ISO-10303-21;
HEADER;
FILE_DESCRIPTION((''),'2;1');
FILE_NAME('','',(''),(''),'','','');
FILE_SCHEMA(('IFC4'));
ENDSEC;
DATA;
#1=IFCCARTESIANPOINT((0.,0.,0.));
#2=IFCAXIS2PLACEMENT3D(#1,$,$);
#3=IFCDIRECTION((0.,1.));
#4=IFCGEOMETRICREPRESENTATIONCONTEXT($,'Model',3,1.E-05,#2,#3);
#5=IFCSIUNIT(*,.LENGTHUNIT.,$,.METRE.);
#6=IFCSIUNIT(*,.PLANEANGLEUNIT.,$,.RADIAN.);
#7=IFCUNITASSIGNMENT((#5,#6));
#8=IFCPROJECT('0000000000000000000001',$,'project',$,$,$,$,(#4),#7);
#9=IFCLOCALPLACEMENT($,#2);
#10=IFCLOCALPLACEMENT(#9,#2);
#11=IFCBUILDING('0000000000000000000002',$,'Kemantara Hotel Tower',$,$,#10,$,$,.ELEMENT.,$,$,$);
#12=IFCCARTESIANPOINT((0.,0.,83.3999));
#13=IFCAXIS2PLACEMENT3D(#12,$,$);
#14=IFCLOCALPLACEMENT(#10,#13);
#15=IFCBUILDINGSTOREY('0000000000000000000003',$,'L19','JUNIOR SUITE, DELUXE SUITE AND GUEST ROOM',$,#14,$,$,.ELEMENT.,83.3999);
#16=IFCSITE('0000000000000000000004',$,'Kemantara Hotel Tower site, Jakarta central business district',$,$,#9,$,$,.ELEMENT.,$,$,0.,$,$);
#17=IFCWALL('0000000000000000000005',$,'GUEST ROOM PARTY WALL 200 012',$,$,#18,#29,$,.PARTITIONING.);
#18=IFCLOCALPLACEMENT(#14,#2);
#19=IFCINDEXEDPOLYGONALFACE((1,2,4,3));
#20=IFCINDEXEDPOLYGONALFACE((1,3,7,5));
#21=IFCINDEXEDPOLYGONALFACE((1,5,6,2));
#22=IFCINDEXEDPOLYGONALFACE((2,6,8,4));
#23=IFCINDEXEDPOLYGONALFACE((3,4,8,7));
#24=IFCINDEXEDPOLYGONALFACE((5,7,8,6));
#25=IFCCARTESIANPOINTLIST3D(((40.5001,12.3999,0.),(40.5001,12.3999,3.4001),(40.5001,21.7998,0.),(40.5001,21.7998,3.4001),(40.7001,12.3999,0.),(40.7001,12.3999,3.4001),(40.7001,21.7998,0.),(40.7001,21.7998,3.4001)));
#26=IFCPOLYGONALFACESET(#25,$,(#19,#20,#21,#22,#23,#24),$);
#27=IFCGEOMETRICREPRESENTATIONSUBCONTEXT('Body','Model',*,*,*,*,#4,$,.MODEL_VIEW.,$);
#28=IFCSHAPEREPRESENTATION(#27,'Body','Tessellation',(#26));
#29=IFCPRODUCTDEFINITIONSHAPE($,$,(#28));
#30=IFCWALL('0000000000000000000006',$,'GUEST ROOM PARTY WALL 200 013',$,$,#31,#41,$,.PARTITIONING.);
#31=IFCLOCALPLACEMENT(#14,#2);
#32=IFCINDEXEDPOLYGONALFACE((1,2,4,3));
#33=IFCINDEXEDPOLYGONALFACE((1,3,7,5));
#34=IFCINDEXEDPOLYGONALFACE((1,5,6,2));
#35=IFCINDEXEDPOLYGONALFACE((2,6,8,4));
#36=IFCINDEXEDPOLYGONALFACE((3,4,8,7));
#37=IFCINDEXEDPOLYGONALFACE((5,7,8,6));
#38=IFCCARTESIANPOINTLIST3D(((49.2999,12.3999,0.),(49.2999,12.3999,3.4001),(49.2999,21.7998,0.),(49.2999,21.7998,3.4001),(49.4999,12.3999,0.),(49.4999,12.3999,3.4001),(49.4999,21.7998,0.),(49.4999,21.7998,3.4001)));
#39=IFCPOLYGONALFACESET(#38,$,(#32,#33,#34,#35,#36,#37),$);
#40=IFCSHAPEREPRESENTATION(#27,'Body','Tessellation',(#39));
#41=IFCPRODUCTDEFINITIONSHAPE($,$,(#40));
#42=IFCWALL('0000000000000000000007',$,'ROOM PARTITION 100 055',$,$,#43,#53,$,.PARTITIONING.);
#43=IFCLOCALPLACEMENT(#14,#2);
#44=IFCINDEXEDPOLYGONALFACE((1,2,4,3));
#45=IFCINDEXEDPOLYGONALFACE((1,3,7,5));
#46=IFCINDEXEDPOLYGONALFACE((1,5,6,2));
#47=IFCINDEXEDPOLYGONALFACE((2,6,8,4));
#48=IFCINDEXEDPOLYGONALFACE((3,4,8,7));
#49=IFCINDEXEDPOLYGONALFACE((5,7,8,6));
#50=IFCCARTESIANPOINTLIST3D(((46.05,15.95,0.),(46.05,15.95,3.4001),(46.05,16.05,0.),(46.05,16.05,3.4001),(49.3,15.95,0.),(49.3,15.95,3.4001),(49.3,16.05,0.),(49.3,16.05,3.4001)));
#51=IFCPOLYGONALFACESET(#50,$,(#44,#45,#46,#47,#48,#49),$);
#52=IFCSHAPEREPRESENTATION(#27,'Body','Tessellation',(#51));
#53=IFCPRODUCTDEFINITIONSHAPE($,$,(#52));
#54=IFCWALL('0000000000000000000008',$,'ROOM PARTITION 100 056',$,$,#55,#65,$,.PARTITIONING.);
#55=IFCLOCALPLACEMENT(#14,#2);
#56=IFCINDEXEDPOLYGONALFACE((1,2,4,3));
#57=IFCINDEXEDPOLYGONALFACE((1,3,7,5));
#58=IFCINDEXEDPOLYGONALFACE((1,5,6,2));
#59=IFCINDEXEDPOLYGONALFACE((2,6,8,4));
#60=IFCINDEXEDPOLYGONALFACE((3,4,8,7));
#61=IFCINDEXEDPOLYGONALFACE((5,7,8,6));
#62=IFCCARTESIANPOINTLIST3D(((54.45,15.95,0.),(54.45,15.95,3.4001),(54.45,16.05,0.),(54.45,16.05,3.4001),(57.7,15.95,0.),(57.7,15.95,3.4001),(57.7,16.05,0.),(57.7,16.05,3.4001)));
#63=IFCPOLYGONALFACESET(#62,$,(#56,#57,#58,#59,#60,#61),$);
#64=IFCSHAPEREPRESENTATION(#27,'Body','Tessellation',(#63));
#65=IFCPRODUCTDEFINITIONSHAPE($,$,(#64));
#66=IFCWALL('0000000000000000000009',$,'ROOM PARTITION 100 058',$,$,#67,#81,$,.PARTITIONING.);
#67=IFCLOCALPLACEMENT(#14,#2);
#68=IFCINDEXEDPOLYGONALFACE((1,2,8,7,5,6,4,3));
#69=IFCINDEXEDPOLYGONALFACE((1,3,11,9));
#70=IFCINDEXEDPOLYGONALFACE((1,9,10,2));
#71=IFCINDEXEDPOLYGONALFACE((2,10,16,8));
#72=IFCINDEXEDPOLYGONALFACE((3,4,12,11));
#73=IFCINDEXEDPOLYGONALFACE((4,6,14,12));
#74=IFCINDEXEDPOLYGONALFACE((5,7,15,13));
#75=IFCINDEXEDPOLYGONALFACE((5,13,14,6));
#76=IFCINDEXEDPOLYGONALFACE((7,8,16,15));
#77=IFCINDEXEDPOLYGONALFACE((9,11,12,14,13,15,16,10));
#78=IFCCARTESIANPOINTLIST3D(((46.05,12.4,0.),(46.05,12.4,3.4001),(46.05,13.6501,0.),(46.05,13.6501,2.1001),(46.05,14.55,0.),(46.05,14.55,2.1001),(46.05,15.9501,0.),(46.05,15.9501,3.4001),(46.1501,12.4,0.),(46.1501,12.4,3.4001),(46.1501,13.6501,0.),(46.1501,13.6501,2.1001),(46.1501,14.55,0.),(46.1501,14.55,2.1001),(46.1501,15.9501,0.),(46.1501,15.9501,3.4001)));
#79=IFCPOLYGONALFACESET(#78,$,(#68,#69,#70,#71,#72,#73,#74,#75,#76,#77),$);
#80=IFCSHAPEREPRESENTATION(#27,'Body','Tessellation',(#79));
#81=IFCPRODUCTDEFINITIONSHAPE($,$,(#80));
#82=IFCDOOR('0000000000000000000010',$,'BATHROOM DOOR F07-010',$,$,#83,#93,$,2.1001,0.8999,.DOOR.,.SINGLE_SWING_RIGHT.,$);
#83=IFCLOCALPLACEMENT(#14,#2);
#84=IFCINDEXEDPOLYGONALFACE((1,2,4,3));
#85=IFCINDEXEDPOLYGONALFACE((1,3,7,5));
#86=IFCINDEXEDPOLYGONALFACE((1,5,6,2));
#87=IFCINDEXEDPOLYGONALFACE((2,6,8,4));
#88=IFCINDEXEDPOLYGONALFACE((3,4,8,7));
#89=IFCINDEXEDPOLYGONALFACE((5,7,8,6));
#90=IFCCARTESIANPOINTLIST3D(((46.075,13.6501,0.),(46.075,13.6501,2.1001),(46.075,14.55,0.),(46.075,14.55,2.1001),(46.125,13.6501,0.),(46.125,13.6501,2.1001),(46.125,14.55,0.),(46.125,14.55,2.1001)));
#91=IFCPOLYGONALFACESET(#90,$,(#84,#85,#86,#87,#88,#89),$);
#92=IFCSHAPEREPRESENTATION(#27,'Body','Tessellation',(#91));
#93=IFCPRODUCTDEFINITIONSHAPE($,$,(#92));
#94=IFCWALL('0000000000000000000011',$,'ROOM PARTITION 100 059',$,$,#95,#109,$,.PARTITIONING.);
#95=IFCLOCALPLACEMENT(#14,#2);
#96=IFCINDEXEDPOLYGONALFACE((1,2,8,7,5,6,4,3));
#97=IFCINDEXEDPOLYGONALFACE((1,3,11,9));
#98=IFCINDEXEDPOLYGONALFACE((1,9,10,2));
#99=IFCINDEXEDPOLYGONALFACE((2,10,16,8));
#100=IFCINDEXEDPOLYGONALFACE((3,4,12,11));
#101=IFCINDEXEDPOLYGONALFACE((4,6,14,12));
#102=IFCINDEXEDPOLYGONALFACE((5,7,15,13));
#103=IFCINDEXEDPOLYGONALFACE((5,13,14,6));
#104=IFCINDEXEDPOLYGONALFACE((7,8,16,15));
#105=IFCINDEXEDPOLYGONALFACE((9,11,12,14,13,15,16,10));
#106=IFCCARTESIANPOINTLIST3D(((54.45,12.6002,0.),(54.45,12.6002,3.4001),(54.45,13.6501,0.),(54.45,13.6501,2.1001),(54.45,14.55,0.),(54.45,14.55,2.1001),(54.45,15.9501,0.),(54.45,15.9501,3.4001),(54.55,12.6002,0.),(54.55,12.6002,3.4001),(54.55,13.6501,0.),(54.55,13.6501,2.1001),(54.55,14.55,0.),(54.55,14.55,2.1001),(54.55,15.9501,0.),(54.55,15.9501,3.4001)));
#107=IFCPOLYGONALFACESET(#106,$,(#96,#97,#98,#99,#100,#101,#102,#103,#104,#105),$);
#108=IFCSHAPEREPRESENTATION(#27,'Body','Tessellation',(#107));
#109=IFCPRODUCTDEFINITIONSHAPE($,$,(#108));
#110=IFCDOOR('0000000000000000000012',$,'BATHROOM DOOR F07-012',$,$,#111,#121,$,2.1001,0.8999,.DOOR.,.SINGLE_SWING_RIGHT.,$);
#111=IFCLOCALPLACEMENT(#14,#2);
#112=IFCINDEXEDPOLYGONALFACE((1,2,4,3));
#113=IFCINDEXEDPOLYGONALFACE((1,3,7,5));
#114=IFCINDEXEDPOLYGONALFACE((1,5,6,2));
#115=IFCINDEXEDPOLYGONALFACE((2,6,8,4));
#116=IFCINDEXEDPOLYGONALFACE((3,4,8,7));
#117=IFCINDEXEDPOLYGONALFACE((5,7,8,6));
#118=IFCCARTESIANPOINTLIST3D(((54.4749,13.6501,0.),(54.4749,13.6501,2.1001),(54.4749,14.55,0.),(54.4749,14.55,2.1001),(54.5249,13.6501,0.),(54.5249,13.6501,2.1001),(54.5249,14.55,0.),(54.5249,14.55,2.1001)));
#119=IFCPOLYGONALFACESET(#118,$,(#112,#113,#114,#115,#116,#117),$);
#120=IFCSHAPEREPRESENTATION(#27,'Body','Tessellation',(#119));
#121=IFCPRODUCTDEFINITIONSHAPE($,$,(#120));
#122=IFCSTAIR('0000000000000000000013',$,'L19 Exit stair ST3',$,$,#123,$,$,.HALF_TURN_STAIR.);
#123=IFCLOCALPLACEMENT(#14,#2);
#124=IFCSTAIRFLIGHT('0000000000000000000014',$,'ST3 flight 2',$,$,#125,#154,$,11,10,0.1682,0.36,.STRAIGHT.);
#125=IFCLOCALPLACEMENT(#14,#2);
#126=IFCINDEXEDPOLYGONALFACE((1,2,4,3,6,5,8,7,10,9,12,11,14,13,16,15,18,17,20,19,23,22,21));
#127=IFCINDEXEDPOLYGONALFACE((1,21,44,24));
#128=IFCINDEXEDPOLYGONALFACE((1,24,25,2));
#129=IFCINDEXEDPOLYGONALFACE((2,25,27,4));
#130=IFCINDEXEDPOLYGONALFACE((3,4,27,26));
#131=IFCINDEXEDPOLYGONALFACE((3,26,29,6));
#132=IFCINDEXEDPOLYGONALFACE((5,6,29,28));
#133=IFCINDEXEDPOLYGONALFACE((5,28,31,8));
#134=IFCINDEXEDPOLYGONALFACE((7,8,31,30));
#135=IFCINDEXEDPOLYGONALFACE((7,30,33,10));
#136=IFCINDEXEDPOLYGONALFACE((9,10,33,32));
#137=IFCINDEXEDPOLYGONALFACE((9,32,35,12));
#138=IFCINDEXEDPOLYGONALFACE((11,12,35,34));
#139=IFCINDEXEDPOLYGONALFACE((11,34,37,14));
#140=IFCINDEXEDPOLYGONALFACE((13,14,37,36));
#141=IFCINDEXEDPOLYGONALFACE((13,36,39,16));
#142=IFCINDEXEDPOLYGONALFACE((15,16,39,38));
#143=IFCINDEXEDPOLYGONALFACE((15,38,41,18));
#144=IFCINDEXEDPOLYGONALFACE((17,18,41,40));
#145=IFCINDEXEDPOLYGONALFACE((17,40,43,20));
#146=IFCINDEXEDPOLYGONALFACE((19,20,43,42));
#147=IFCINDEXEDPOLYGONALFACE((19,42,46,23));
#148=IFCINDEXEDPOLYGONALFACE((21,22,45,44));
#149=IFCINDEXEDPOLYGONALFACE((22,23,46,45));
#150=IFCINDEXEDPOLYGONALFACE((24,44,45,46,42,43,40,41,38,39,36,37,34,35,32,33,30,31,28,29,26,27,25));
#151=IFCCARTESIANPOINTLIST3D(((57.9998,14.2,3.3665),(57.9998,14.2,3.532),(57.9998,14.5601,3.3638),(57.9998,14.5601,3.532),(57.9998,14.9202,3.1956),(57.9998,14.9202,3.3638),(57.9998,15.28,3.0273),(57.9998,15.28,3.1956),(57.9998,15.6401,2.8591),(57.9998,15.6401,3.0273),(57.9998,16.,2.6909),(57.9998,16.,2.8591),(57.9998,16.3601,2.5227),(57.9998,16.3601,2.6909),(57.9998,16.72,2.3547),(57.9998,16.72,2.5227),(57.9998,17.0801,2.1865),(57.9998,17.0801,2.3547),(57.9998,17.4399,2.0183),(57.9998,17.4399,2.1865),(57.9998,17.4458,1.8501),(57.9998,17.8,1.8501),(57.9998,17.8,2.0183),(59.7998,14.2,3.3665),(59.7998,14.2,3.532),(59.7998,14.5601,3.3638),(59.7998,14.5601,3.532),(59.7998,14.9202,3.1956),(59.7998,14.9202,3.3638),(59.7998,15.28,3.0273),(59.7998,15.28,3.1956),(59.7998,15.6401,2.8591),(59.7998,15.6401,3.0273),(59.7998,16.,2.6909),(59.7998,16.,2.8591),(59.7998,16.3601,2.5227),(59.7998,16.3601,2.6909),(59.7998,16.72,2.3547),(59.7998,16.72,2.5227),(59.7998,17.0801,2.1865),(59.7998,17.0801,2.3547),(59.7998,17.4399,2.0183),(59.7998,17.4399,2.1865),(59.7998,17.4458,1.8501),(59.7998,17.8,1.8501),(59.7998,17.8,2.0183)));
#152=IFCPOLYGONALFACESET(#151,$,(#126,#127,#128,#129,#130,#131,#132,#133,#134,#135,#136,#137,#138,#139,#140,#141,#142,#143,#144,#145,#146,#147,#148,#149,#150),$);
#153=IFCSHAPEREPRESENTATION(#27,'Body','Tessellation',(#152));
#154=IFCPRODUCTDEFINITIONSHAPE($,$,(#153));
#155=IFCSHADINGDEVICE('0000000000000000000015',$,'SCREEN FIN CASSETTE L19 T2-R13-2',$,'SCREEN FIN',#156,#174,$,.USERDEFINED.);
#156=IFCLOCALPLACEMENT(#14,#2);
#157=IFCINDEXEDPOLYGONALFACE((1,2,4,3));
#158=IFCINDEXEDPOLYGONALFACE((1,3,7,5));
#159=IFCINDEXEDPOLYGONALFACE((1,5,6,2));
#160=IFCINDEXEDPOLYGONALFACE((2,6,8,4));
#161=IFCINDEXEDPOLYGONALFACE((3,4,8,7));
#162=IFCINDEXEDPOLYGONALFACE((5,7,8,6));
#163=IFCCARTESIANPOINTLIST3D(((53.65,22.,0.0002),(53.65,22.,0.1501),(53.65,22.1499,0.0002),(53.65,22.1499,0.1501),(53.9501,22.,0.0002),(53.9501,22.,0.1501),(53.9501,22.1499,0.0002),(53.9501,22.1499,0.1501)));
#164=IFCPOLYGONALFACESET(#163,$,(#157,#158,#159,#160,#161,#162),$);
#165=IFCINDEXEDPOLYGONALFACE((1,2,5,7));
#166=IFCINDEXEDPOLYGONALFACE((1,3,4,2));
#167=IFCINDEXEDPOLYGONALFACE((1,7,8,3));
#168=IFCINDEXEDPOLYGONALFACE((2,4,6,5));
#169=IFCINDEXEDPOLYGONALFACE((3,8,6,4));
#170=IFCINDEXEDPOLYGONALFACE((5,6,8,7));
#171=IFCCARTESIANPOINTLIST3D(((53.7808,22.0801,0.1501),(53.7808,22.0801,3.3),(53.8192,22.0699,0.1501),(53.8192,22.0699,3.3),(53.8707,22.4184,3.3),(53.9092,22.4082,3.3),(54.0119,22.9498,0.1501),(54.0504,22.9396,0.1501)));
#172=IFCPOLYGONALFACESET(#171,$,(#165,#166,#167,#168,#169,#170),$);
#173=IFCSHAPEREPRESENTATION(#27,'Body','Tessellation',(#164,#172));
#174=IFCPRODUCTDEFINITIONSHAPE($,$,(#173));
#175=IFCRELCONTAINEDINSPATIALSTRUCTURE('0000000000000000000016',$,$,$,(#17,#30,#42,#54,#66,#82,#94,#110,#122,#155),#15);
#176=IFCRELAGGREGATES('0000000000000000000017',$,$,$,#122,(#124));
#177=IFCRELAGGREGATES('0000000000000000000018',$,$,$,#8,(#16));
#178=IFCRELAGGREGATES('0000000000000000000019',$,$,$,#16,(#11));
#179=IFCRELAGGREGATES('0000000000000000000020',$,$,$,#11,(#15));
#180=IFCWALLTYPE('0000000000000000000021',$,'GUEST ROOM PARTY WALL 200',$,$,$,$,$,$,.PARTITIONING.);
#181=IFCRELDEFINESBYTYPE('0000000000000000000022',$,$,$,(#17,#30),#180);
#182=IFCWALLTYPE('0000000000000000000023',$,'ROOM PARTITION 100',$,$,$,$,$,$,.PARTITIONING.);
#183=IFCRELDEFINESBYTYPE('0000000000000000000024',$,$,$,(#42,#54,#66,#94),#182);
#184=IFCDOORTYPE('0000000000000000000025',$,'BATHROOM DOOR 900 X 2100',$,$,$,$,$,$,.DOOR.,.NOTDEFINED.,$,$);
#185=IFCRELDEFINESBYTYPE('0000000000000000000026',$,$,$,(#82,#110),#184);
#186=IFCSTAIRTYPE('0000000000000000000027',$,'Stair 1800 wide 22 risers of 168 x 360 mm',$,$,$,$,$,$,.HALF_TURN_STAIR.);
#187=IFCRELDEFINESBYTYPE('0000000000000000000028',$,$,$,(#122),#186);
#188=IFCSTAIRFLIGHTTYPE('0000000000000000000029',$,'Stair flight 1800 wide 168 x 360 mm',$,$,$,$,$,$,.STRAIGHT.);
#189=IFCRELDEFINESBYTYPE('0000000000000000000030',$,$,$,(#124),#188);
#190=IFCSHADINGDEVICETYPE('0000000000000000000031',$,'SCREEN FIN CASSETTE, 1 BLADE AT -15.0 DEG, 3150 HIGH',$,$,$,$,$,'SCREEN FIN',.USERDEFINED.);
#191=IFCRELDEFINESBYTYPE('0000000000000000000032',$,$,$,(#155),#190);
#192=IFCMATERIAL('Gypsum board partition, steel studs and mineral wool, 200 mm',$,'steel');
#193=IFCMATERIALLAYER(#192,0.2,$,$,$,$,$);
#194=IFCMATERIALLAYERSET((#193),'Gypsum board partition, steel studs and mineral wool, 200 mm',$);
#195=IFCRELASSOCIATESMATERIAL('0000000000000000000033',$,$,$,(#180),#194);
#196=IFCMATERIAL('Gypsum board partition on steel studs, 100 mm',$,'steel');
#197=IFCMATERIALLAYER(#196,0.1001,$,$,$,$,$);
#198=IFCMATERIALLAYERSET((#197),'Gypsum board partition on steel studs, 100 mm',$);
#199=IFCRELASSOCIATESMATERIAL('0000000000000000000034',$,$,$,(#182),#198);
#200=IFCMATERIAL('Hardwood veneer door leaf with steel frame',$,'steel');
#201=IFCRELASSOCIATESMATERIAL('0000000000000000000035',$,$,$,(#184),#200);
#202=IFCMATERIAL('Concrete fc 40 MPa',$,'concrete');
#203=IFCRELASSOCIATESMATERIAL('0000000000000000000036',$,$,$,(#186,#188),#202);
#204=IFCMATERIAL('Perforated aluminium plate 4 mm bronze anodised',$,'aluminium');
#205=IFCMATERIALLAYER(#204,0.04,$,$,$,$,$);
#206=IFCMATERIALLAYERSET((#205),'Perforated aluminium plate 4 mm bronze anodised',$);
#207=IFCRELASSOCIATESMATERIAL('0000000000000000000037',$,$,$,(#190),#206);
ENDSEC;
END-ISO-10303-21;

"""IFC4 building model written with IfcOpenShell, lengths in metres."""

from ifc_helpers import new_model, si_unit, direction, frame, frame_2d, origin, origin_2d, place, context, subcontext, project, spatial, polyline, rectangle, outline, extrude, source, transform, mapped, material, layer, layer_set, type_object, element, fill, aggregate, save


model = new_model("IFC4")

# Units and contexts
model_context = context("Model", 3, precision=1e-05, world=origin(), true_north=direction((0.0, 1.0)))
body_context = subcontext(model_context, "Body", "Model", "MODEL_VIEW")
ifc_project = project(units=[si_unit("LENGTHUNIT", "METRE"), si_unit("PLANEANGLEUNIT", "RADIAN")], contexts=[model_context])

# Site, building, storey
site_placement = place(None, origin())
site = spatial("IfcSite", under=ifc_project, at=site_placement, Name="Kemantara Hotel Tower site, Jakarta central business district", CompositionType="ELEMENT", RefElevation=0.0)
building_placement = place(site_placement, origin())
building = spatial("IfcBuilding", under=site, at=building_placement, Name="Kemantara Hotel Tower", CompositionType="ELEMENT")
storey_placement = place(building_placement, frame((0.0, 0.0, 83.3999)))
storey = spatial("IfcBuildingStorey", under=building, at=storey_placement, Name="L19", Description="JUNIOR SUITE, DELUXE SUITE AND GUEST ROOM", CompositionType="ELEMENT", Elevation=83.3999)

# Walls
ifc_material_1 = material(Name="Concrete fc 40 MPa", Category="concrete")
ifc_material_2 = material(Name="Gypsum board partition, steel studs and mineral wool, 200 mm", Category="steel")
ifc_layer_1 = layer(ifc_material_2, 0.2)
ifc_layer_set_1 = layer_set([ifc_layer_1], Name="Gypsum board partition, steel studs and mineral wool, 200 mm")
wall_type_1 = type_object("IfcWallType", Name="GUEST ROOM PARTY WALL 200", PredefinedType="PARTITIONING", material=ifc_layer_set_1)
for number, where, z_axis, x_axis, name in (
    (1, (40.6001, 12.3999, 0.0), (0.0, 0.0, 1.0), (0.0, 1.0, 0.0), "GUEST ROOM PARTY WALL 200 012"),
    (2, (49.3999, 12.3999, 0.0), (0.0, 0.0, 1.0), (0.0, 1.0, 0.0), "GUEST ROOM PARTY WALL 200 013"),
):
    element("IfcWall", number, at=place(storey_placement, frame(where, z_axis=z_axis, x_axis=x_axis)), inside=storey, type_object=wall_type_1, Name=name, PredefinedType="PARTITIONING", context=body_context, shape_type="SweptSolid", body=[
        extrude(rectangle(XDim=9.3999, YDim=0.2, at=frame_2d((4.7, 0.0))), origin(), (0.0, 0.0, 1.0), 3.4001),
    ])
ifc_material_3 = material(Name="Gypsum board partition on steel studs, 100 mm", Category="steel")
ifc_layer_2 = layer(ifc_material_3, 0.1001)
ifc_layer_set_2 = layer_set([ifc_layer_2], Name="Gypsum board partition on steel studs, 100 mm")
wall_type_2 = type_object("IfcWallType", Name="ROOM PARTITION 100", PredefinedType="PARTITIONING", material=ifc_layer_set_2)
for number, where, z_axis, x_axis, name in (
    (3, (46.05, 16.0, 0.0), (0.0, 0.0, 1.0), (1.0, 0.0, 0.0), "ROOM PARTITION 100 055"),
    (4, (54.45, 16.0, 0.0), (0.0, 0.0, 1.0), (1.0, 0.0, 0.0), "ROOM PARTITION 100 056"),
):
    element("IfcWall", number, at=place(storey_placement, frame(where, z_axis=z_axis, x_axis=x_axis)), inside=storey, type_object=wall_type_2, Name=name, PredefinedType="PARTITIONING", context=body_context, shape_type="SweptSolid", body=[
        extrude(rectangle(XDim=3.25, YDim=0.1001, at=frame_2d((1.625, 0.0))), origin(), (0.0, 0.0, 1.0), 3.4001),
    ])

# Walls, openings, doors
wall_1_placement = place(storey_placement, frame((46.1001, 15.95, 0.0), z_axis=(0.0, 0.0, 1.0), x_axis=(0.0, -1.0, 0.0)))
wall_1 = element("IfcWall", 5, at=wall_1_placement, inside=storey, type_object=wall_type_2, Name="ROOM PARTITION 100 058", PredefinedType="PARTITIONING", context=body_context, shape_type="SweptSolid", body=[
    extrude(rectangle(XDim=3.55, YDim=0.1001, at=frame_2d((1.7749, 0.0))), origin(), (0.0, 0.0, 1.0), 3.4001),
])
opening_1_placement = place(wall_1_placement, frame((1.3999, 0.0, 0.0)))
opening_1 = element("IfcOpeningElement", 6, at=opening_1_placement, cuts=wall_1, PredefinedType="OPENING", context=body_context, shape_type="SweptSolid", body=[
    extrude(rectangle(XDim=0.8999, YDim=2.1001, at=frame_2d((0.45, 1.05))), frame((0.0, 0.0601, 0.0), z_axis=(0.0, -1.0, 0.0), x_axis=(1.0, 0.0, 0.0)), (0.0, 0.0, 1.0), 0.1201),
])
ifc_material_4 = material(Name="Hardwood veneer door leaf with steel frame", Category="steel")
door_type_1 = type_object("IfcDoorType", Name="BATHROOM DOOR 900 X 2100", OperationType="NOTDEFINED", PredefinedType="DOOR", material=ifc_material_4)
door_1_placement = place(opening_1_placement, origin())
door_1 = element("IfcDoor", 7, at=door_1_placement, inside=storey, type_object=door_type_1, Name="BATHROOM DOOR F07-010", OperationType="SINGLE_SWING_RIGHT", OverallHeight=2.1001, OverallWidth=0.8999, PredefinedType="DOOR", context=body_context, shape_type="SweptSolid", body=[
    extrude(rectangle(XDim=0.8999, YDim=2.1001, at=frame_2d((0.45, 1.05))), frame((0.0, 0.0249, 0.0), z_axis=(0.0, -1.0, 0.0), x_axis=(1.0, 0.0, 0.0)), (0.0, 0.0, 1.0), 0.05),
])
fill(opening_1, door_1)
wall_2_placement = place(storey_placement, frame((54.5, 15.95, 0.0), z_axis=(0.0, 0.0, 1.0), x_axis=(0.0, -1.0, 0.0)))
wall_2 = element("IfcWall", 8, at=wall_2_placement, inside=storey, type_object=wall_type_2, Name="ROOM PARTITION 100 059", PredefinedType="PARTITIONING", context=body_context, shape_type="SweptSolid", body=[
    extrude(rectangle(XDim=3.3499, YDim=0.1001, at=frame_2d((1.6748, 0.0))), origin(), (0.0, 0.0, 1.0), 3.4001),
])
opening_2_placement = place(wall_2_placement, frame((1.3999, 0.0, 0.0)))
opening_2 = element("IfcOpeningElement", 9, at=opening_2_placement, cuts=wall_2, PredefinedType="OPENING", context=body_context, shape_type="SweptSolid", body=[
    extrude(rectangle(XDim=0.8999, YDim=2.1001, at=frame_2d((0.45, 1.05))), frame((0.0, 0.0601, 0.0), z_axis=(0.0, -1.0, 0.0), x_axis=(1.0, 0.0, 0.0)), (0.0, 0.0, 1.0), 0.1201),
])
door_2_placement = place(opening_2_placement, origin())
door_2 = element("IfcDoor", 10, at=door_2_placement, inside=storey, type_object=door_type_1, Name="BATHROOM DOOR F07-012", OperationType="SINGLE_SWING_RIGHT", OverallHeight=2.1001, OverallWidth=0.8999, PredefinedType="DOOR", context=body_context, shape_type="SweptSolid", body=[
    extrude(rectangle(XDim=0.8999, YDim=2.1001, at=frame_2d((0.45, 1.05))), frame((0.0, 0.0249, 0.0), z_axis=(0.0, -1.0, 0.0), x_axis=(1.0, 0.0, 0.0)), (0.0, 0.0, 1.0), 0.05),
])
fill(opening_2, door_2)

# Stair, stair flight
stair_type = type_object("IfcStairType", Name="Stair 1800 wide 22 risers of 168 x 360 mm", PredefinedType="HALF_TURN_STAIR", material=ifc_material_1)
stair_placement = place(storey_placement, origin())
stair = element("IfcStair", 11, at=stair_placement, inside=storey, type_object=stair_type, Name="L19 Exit stair ST3", PredefinedType="HALF_TURN_STAIR")
stair_flight_type = type_object("IfcStairFlightType", Name="Stair flight 1800 wide 168 x 360 mm", PredefinedType="STRAIGHT", material=ifc_material_1)
stair_flight_placement = place(storey_placement, frame((58.8999, 17.8, 1.8501), z_axis=(0.0, 0.0, 1.0), x_axis=(0.0, -1.0, 0.0)))
stair_flight = element("IfcStairFlight", 12, at=stair_flight_placement, type_object=stair_flight_type, Name="ST3 flight 2", NumberOfRisers=11, NumberOfTreads=10, PredefinedType="STRAIGHT", RiserHeight=0.1682, TreadLength=0.36, context=body_context, shape_type="SweptSolid", body=[
    extrude(outline(polyline([(0.0, 0.0), (0.0, 0.1682), (0.3601, 0.1682), (0.3601, 0.3364), (0.72, 0.3364), (0.72, 0.5046), (1.0801, 0.5046), (1.0801, 0.6726), (1.4399, 0.6726), (1.4399, 0.8408), (1.8, 0.8408), (1.8, 1.009), (2.1599, 1.009), (2.1599, 1.1772), (2.52, 1.1772), (2.52, 1.3455), (2.8799, 1.3455), (2.8799, 1.5137), (3.24, 1.5137), (3.24, 1.6819), (3.6001, 1.6819), (3.6001, 1.8501), (3.6001, 1.5164), (0.3542, 0.0), (0.0, 0.0)])), frame((0.0, 0.8999, 0.0), z_axis=(0.0, -1.0, 0.0), x_axis=(1.0, 0.0, 0.0)), (0.0, 0.0, 1.0), 1.8),
])
aggregate(stair, [stair_flight])

# Shading device
ifc_material_5 = material(Name="Perforated aluminium plate 4 mm bronze anodised", Category="aluminium")
ifc_layer_3 = layer(ifc_material_5, 0.04)
ifc_layer_set_3 = layer_set([ifc_layer_3], Name="Perforated aluminium plate 4 mm bronze anodised")
shading_device_type = type_object("IfcShadingDeviceType", Name="SCREEN FIN CASSETTE, 1 BLADE AT -15.0 DEG, 3150 HIGH", ElementType="SCREEN FIN", PredefinedType="USERDEFINED", material=ifc_layer_set_3)
shared_shape_1 = source(origin(), body_context, "Body", "SweptSolid", [
    extrude(rectangle(XDim=0.3, YDim=0.1499, at=origin_2d()), frame((0.0, -0.075, -0.1499), z_axis=(0.0, 0.0, 1.0), x_axis=(1.0, 0.0, 0.0)), (0.0, 0.0, 1.0), 0.1499),
    extrude(outline(polyline([(0.0, 0.0), (0.8999, 0.0), (0.3501, 3.1499), (0.0, 3.1499), (0.0, 0.0)])), frame((0.0193, -0.0801, 0.0), z_axis=(-0.966438, 0.256901, 0.0), x_axis=(-0.256901, -0.966438, 0.0)), (0.0, 0.0, 1.0), 0.0398),
])
shading_device_placement = place(storey_placement, frame((53.8, 22.0, 0.1501), z_axis=(0.0, 0.0, 1.0), x_axis=(-1.0, 0.0, 0.0)))
element("IfcShadingDevice", 13, at=shading_device_placement, inside=storey, type_object=shading_device_type, Name="SCREEN FIN CASSETTE L19 T2-R13-2", ObjectType="SCREEN FIN", PredefinedType="USERDEFINED", context=body_context, shape_type="MappedRepresentation", body=[
    mapped(shared_shape_1, transform((0.0, 0.0, 0.0))),
])

save(model, "model.ifc")
